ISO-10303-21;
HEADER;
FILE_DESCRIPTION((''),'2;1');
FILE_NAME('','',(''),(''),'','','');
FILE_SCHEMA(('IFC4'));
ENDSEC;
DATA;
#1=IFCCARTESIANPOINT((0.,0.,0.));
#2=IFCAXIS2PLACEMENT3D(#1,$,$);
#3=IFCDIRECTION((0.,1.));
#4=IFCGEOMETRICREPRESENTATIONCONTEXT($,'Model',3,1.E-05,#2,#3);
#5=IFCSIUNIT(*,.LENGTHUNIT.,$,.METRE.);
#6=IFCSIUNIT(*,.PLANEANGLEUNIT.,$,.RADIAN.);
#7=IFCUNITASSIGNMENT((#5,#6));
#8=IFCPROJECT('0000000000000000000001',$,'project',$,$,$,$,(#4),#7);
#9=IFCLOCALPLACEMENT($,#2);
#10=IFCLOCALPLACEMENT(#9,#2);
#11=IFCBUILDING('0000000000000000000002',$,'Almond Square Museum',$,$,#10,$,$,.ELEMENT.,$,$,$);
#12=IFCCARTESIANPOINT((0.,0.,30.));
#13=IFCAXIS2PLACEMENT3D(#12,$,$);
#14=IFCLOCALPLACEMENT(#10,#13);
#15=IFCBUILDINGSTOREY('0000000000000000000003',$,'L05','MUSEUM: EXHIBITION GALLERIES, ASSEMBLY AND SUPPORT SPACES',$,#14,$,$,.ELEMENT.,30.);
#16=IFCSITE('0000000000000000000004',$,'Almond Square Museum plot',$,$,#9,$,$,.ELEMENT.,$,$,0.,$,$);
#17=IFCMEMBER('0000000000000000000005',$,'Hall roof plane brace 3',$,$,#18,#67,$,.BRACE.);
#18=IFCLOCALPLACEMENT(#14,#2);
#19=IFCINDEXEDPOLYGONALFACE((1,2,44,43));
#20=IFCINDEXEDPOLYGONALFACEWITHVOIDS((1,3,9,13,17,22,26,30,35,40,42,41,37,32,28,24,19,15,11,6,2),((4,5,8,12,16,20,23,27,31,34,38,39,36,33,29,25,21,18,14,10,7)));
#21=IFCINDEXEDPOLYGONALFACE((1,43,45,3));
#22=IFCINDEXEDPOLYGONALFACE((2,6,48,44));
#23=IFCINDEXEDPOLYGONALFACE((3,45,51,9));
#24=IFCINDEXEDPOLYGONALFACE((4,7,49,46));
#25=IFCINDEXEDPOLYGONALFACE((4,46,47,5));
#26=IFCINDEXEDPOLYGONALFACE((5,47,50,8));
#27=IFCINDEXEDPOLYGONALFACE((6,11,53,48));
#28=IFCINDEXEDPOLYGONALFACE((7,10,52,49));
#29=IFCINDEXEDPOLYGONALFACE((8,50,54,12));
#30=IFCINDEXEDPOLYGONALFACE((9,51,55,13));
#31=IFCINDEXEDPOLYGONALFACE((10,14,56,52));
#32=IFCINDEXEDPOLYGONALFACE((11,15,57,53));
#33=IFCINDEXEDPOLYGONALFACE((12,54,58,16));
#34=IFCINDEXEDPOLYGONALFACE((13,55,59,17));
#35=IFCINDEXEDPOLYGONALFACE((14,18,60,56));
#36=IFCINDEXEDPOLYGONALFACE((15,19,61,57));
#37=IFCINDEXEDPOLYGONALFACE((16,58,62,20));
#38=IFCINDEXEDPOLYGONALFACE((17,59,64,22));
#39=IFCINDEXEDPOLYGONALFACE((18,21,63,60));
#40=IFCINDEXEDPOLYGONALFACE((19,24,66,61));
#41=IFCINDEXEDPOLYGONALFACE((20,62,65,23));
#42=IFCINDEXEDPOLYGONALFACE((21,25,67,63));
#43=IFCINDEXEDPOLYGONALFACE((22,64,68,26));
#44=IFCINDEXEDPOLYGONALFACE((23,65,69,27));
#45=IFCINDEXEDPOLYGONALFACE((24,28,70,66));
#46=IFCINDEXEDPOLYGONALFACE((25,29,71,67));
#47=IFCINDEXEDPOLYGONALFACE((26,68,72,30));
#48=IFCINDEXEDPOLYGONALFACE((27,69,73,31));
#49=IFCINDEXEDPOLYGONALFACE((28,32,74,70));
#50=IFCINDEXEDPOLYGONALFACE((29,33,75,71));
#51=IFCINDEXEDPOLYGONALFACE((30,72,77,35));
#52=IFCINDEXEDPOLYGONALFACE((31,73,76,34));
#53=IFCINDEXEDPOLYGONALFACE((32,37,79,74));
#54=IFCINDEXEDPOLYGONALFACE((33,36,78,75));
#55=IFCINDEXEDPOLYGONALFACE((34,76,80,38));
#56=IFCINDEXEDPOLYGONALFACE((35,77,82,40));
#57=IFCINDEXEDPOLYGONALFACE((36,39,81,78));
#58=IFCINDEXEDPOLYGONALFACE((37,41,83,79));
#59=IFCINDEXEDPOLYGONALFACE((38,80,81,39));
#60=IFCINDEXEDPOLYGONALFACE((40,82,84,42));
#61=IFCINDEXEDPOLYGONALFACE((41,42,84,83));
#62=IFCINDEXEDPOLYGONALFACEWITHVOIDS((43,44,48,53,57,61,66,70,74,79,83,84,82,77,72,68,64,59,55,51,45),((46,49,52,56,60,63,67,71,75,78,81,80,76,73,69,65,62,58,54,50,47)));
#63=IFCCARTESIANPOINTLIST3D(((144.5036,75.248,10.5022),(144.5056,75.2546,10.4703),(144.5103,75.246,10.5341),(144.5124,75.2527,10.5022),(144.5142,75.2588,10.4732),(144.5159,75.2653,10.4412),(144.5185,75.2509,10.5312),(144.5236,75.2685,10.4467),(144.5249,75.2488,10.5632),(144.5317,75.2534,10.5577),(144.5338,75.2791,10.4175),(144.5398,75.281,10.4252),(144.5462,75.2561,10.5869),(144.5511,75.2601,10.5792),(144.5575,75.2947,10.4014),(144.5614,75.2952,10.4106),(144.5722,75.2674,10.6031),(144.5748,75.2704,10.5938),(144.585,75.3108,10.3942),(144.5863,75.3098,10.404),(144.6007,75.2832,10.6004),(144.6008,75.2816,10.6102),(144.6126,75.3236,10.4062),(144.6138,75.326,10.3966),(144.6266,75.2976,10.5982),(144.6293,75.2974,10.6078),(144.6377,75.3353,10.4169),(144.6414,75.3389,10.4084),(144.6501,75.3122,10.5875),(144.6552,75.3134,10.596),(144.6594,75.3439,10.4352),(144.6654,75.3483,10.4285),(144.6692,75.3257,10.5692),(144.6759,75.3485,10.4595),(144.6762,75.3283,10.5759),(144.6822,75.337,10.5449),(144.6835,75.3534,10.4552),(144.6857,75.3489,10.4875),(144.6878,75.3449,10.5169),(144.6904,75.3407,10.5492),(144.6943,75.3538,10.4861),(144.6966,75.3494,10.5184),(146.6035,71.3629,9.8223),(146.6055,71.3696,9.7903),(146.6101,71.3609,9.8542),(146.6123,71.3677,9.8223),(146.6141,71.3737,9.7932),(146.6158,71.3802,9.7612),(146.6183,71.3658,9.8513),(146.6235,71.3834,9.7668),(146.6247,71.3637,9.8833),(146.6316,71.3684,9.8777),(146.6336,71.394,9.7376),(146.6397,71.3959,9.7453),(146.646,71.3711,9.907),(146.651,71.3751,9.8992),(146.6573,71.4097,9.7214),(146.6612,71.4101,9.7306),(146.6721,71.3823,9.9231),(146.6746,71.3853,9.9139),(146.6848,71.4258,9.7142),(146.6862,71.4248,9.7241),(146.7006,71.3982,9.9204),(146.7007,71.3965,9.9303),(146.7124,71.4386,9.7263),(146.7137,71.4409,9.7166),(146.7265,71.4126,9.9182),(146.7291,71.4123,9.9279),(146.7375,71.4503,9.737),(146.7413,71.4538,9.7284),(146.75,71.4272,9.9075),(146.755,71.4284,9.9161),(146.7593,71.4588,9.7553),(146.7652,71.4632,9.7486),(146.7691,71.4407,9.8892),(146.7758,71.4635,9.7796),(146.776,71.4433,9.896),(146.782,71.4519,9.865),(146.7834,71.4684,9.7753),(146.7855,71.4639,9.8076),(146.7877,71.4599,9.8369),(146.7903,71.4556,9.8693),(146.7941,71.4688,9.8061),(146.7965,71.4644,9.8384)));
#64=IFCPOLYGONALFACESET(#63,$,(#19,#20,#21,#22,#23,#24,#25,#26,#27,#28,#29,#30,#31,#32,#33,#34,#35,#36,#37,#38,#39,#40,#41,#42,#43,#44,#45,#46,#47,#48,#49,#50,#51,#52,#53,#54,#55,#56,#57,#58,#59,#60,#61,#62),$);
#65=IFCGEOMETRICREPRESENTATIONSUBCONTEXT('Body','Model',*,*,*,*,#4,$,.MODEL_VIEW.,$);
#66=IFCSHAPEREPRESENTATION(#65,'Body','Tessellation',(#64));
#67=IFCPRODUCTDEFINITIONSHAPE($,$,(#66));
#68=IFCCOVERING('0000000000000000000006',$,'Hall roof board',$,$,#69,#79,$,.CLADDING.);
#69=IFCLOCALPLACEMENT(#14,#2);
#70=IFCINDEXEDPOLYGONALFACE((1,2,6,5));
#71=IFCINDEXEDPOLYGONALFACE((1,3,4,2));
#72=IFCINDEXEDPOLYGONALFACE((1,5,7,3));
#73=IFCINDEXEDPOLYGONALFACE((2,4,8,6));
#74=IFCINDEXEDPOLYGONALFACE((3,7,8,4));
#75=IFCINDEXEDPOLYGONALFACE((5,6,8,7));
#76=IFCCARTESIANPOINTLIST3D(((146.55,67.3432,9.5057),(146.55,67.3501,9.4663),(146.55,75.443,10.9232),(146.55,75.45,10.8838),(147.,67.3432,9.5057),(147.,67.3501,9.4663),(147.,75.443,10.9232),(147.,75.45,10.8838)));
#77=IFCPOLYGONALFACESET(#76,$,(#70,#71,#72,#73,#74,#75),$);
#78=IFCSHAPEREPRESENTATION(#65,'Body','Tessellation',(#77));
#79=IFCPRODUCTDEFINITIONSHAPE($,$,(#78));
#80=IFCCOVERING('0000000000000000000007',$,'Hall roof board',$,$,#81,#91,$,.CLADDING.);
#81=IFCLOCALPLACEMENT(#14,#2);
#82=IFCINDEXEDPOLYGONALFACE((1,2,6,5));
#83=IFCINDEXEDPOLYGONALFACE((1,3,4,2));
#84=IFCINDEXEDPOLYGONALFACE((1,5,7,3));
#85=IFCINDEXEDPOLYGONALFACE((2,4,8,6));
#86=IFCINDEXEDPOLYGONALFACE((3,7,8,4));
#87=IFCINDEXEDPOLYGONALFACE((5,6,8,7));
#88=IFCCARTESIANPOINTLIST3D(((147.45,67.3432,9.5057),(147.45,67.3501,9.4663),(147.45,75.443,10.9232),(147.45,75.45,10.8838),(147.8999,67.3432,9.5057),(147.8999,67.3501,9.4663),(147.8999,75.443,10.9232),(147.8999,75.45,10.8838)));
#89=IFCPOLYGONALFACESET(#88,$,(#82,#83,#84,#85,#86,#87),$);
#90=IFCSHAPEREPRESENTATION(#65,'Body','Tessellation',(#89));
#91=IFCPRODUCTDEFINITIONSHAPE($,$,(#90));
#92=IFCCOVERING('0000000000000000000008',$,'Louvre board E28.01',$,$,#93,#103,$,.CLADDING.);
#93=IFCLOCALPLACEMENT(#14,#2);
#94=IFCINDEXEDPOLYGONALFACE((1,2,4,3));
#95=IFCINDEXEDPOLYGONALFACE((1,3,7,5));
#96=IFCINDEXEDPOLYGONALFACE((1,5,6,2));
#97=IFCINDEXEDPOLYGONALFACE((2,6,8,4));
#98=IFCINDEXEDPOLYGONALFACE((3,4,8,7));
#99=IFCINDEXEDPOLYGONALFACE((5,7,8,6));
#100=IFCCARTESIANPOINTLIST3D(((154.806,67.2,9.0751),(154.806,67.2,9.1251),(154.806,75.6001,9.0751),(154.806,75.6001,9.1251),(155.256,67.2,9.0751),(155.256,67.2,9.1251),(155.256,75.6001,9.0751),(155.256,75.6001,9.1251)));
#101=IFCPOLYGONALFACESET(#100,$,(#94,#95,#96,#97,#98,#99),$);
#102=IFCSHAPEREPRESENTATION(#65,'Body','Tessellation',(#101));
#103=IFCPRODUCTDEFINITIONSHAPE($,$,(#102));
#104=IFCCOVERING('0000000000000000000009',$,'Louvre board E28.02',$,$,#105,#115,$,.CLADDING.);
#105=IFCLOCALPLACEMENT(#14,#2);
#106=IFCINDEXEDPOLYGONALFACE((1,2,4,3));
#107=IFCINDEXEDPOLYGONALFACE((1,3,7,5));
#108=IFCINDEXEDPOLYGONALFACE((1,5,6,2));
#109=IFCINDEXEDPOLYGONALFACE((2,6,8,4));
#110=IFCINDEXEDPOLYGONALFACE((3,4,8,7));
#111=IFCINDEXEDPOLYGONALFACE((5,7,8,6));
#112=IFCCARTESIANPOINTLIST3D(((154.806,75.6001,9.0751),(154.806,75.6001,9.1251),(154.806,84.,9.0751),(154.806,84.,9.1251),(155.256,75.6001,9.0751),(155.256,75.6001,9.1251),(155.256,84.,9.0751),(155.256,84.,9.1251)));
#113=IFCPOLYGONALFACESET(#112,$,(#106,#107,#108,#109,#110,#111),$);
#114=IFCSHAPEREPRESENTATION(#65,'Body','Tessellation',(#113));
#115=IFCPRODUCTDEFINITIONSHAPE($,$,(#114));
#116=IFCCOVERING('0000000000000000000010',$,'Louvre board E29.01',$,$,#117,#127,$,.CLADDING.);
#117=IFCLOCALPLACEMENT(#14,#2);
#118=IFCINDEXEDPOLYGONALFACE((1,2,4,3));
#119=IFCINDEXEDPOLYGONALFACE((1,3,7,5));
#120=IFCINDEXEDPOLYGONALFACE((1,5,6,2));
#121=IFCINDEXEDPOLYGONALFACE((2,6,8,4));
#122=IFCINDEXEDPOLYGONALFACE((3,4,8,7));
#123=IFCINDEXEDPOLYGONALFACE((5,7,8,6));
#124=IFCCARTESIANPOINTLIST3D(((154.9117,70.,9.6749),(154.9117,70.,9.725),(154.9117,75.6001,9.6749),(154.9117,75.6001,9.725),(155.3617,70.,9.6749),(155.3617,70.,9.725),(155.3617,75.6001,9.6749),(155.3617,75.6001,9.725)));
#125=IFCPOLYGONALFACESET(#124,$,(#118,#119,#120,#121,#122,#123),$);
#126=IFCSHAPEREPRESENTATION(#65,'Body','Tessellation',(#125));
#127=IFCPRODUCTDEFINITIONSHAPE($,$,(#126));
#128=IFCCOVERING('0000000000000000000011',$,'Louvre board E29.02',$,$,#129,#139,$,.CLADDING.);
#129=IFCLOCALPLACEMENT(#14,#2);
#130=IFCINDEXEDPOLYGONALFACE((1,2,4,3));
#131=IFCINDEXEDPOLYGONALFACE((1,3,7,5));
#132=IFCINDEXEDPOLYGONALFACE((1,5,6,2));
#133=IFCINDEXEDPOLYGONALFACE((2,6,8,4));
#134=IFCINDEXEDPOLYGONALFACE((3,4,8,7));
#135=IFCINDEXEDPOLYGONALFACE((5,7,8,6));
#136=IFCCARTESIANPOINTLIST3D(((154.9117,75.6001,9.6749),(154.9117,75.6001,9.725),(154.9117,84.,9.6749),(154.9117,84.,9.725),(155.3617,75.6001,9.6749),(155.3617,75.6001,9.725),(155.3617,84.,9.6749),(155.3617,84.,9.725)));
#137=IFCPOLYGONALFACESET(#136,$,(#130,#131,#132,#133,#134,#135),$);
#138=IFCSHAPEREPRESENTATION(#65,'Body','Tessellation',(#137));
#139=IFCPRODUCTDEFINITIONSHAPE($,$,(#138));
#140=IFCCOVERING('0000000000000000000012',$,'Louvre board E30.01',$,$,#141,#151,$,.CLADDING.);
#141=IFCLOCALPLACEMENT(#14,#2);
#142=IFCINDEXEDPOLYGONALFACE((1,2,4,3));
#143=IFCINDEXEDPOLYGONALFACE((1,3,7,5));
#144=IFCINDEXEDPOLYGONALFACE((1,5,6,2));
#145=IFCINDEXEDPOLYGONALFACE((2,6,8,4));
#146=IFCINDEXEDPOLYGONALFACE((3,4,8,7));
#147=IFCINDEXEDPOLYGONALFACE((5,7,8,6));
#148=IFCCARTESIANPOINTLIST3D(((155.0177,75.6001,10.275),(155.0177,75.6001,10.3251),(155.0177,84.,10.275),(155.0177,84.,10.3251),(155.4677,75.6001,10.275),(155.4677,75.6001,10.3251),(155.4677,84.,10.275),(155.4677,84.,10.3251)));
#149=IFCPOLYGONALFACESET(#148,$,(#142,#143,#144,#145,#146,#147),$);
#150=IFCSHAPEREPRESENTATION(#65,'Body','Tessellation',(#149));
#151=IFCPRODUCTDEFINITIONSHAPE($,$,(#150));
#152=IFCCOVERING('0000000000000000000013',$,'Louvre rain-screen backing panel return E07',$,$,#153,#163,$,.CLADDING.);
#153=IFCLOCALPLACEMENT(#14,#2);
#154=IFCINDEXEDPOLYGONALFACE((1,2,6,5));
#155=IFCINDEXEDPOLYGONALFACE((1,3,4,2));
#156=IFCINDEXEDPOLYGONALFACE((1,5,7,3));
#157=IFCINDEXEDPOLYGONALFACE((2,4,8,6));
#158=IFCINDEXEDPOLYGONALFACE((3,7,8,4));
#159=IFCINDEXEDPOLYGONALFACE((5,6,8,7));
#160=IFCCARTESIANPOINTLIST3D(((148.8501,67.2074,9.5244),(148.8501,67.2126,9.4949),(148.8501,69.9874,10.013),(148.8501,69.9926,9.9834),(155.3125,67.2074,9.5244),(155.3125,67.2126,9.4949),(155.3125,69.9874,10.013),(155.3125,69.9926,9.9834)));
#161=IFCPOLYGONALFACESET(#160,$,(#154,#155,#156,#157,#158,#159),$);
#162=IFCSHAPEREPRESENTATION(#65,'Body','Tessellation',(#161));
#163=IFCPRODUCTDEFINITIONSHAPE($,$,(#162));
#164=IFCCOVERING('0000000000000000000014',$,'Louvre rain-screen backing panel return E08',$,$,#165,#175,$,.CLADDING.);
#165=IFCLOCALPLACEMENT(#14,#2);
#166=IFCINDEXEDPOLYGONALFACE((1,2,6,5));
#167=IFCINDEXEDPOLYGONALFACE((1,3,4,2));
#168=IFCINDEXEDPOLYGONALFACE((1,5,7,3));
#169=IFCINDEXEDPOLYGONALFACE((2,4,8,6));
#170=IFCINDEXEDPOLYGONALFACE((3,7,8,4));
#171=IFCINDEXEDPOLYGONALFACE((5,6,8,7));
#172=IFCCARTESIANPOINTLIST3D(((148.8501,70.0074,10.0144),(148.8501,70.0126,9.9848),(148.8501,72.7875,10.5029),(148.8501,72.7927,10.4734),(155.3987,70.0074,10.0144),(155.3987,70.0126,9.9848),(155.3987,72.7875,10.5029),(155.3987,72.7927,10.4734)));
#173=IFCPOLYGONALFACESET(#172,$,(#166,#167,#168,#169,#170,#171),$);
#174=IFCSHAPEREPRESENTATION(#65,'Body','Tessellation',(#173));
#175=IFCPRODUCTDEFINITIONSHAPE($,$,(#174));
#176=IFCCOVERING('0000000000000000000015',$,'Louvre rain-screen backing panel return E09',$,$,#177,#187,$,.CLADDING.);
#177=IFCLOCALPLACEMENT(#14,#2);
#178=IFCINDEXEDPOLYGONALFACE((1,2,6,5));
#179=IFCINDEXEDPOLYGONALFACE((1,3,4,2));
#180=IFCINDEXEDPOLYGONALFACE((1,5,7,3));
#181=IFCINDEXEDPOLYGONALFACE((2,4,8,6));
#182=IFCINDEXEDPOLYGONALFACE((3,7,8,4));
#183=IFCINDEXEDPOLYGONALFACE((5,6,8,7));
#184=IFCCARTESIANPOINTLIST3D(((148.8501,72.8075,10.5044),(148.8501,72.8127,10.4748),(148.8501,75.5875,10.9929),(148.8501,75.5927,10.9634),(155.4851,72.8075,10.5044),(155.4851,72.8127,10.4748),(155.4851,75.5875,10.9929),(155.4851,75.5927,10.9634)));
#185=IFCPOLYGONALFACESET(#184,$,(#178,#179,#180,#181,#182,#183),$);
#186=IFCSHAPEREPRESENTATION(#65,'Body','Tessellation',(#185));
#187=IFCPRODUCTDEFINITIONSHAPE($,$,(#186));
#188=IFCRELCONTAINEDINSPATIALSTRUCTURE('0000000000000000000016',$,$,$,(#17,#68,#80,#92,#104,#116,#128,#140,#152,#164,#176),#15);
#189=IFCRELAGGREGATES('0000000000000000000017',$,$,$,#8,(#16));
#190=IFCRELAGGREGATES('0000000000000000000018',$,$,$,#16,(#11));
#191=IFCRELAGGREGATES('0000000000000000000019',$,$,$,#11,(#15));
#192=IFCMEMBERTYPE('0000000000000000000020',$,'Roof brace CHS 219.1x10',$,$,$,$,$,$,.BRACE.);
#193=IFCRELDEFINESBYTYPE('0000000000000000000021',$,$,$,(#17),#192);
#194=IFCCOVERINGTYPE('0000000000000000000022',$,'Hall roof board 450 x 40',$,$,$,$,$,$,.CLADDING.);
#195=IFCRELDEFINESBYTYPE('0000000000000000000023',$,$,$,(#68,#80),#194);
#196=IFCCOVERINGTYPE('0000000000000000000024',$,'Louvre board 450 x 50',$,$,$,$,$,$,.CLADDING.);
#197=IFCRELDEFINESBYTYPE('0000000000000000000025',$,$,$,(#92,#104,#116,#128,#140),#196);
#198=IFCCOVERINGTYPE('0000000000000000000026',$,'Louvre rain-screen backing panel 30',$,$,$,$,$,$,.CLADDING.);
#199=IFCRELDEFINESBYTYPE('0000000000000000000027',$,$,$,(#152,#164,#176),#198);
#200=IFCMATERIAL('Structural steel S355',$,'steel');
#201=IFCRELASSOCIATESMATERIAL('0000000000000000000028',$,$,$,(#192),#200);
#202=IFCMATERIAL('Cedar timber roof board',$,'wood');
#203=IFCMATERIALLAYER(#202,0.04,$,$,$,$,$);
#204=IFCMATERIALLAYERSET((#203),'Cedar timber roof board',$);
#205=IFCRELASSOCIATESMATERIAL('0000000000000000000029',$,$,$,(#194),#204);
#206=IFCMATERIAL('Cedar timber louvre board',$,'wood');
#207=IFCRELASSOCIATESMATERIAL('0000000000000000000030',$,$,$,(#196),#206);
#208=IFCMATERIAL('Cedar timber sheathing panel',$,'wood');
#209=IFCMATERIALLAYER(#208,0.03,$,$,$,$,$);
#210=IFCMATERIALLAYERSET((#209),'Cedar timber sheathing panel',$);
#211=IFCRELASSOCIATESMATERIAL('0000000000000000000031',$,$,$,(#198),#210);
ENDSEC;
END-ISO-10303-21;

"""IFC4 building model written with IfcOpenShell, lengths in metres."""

from ifc_helpers import new_model, si_unit, direction, frame, origin, origin_2d, place, context, subcontext, project, spatial, polyline, rectangle, hollow_circle, outline, extrude, material, layer, layer_set, material_profile, profile_set, type_object, element, save


model = new_model("IFC4")

# Units and contexts
model_context = context("Model", 3, precision=1e-05, world=origin(), true_north=direction((0.0, 1.0)))
body_context = subcontext(model_context, "Body", "Model", "MODEL_VIEW")
ifc_project = project(units=[si_unit("LENGTHUNIT", "METRE"), si_unit("PLANEANGLEUNIT", "RADIAN")], contexts=[model_context])

# Site, building, storey
site_placement = place(None, origin())
site = spatial("IfcSite", under=ifc_project, at=site_placement, Name="Almond Square Museum plot", CompositionType="ELEMENT", RefElevation=0.0)
building_placement = place(site_placement, origin())
building = spatial("IfcBuilding", under=site, at=building_placement, Name="Almond Square Museum", CompositionType="ELEMENT")
storey_placement = place(building_placement, frame((0.0, 0.0, 30.0)))
storey = spatial("IfcBuildingStorey", under=building, at=storey_placement, Name="L05", Description="MUSEUM: EXHIBITION GALLERIES, ASSEMBLY AND SUPPORT SPACES", CompositionType="ELEMENT", Elevation=30.0)

# Member
ifc_material_1 = material(Name="Structural steel S355", Category="steel")
ifc_material_profile_1 = material_profile(ifc_material_1, hollow_circle(Radius=0.1096, WallThickness=0.01, at=origin_2d()))
ifc_profile_set_1 = profile_set([ifc_material_profile_1], Name="Structural steel S355")
member_type_1 = type_object("IfcMemberType", Name="Roof brace CHS 219.1x10", PredefinedType="BRACE", material=ifc_profile_set_1)
for number, where, z_axis, x_axis, name in (
    (1, (146.7, 71.415, 9.8223), (-0.469953, 0.869476, 0.152171), (-0.879721, -0.47549, 0.0), "Hall roof plane brace 3"),
):
    element("IfcMember", number, at=place(storey_placement, frame(where, z_axis=z_axis, x_axis=x_axis)), inside=storey, type_object=member_type_1, Name=name, PredefinedType="BRACE", context=body_context, shape_type="SweptSolid", body=[
        extrude(hollow_circle(Radius=0.1096, WallThickness=0.01, at=origin_2d()), origin(), (0.0, 0.0, 1.0), 4.4683),
    ])

# Coverings
ifc_material_2 = material(Name="Cedar timber roof board", Category="wood")
ifc_layer_1 = layer(ifc_material_2, 0.04)
ifc_layer_set_1 = layer_set([ifc_layer_1], Name="Cedar timber roof board")
covering_type_1 = type_object("IfcCoveringType", Name="Hall roof board 450 x 40", PredefinedType="CLADDING", material=ifc_layer_set_1)
for number, where, z_axis, x_axis, name in (
    (2, (147.0, 75.45, 10.8838), (0.0, -0.172381, 0.98503), (-1.0, 0.0, 0.0), "Hall roof board"),
    (3, (147.8999, 75.45, 10.8838), (0.0, -0.172381, 0.98503), (-1.0, 0.0, 0.0), "Hall roof board"),
):
    element("IfcCovering", number, at=place(storey_placement, frame(where, z_axis=z_axis, x_axis=x_axis)), inside=storey, type_object=covering_type_1, Name=name, PredefinedType="CLADDING", context=body_context, shape_type="SweptSolid", body=[
        extrude(outline(polyline([(0.0, 0.0), (0.45, 0.0), (0.45, 8.2229), (0.0, 8.2229), (0.0, 0.0)])), origin(), (0.0, 0.0, 1.0), 0.04),
    ])
ifc_material_3 = material(Name="Cedar timber louvre board", Category="wood")
ifc_material_profile_2 = material_profile(ifc_material_3, rectangle(XDim=0.45, YDim=0.05, at=origin_2d()))
ifc_profile_set_2 = profile_set([ifc_material_profile_2], Name="Cedar timber louvre board")
covering_type_2 = type_object("IfcCoveringType", Name="Louvre board 450 x 50", PredefinedType="CLADDING", material=ifc_profile_set_2)
covering_1_placement = place(storey_placement, frame((155.031, 67.2, 9.1001), z_axis=(0.0, 1.0, 0.0), x_axis=(-1.0, 0.0, 0.0)))
element("IfcCovering", 4, at=covering_1_placement, inside=storey, type_object=covering_type_2, Name="Louvre board E28.01", PredefinedType="CLADDING", context=body_context, shape_type="SweptSolid", body=[
    extrude(rectangle(XDim=0.45, YDim=0.05, at=origin_2d()), origin(), (0.0, 0.0, 1.0), 8.4001),
])
covering_2_placement = place(storey_placement, frame((155.031, 75.6001, 9.1001), z_axis=(0.0, 1.0, 0.0), x_axis=(-1.0, 0.0, 0.0)))
element("IfcCovering", 5, at=covering_2_placement, inside=storey, type_object=covering_type_2, Name="Louvre board E28.02", PredefinedType="CLADDING", context=body_context, shape_type="SweptSolid", body=[
    extrude(rectangle(XDim=0.45, YDim=0.05, at=origin_2d()), origin(), (0.0, 0.0, 1.0), 8.3999),
])
covering_3_placement = place(storey_placement, frame((155.1367, 70.0, 9.7), z_axis=(0.0, 1.0, 0.0), x_axis=(-1.0, 0.0, 0.0)))
element("IfcCovering", 6, at=covering_3_placement, inside=storey, type_object=covering_type_2, Name="Louvre board E29.01", PredefinedType="CLADDING", context=body_context, shape_type="SweptSolid", body=[
    extrude(rectangle(XDim=0.45, YDim=0.05, at=origin_2d()), origin(), (0.0, 0.0, 1.0), 5.6001),
])
for number, where, z_axis, x_axis, name in (
    (7, (155.1367, 75.6001, 9.7), (0.0, 1.0, 0.0), (-1.0, 0.0, 0.0), "Louvre board E29.02"),
    (8, (155.2427, 75.6001, 10.3), (0.0, 1.0, 0.0), (-1.0, 0.0, 0.0), "Louvre board E30.01"),
):
    element("IfcCovering", number, at=place(storey_placement, frame(where, z_axis=z_axis, x_axis=x_axis)), inside=storey, type_object=covering_type_2, Name=name, PredefinedType="CLADDING", context=body_context, shape_type="SweptSolid", body=[
        extrude(rectangle(XDim=0.45, YDim=0.05, at=origin_2d()), origin(), (0.0, 0.0, 1.0), 8.3999),
    ])
ifc_material_4 = material(Name="Cedar timber sheathing panel", Category="wood")
ifc_layer_2 = layer(ifc_material_4, 0.03)
ifc_layer_set_2 = layer_set([ifc_layer_2], Name="Cedar timber sheathing panel")
covering_type_3 = type_object("IfcCoveringType", Name="Louvre rain-screen backing panel 30", PredefinedType="CLADDING", material=ifc_layer_set_2)
covering_4_placement = place(storey_placement, frame((148.8501, 67.21, 9.5098), z_axis=(0.0, -0.173075, 0.984909), x_axis=(1.0, 0.0, 0.0)))
element("IfcCovering", 9, at=covering_4_placement, inside=storey, type_object=covering_type_3, Name="Louvre rain-screen backing panel return E07", PredefinedType="CLADDING", context=body_context, shape_type="SweptSolid", body=[
    extrude(outline(polyline([(0.0, 0.0), (6.4624, 0.0), (6.4624, 2.8226), (0.0, 2.8226), (0.0, 0.0)])), frame((0.0, 0.0, -0.0151)), (0.0, 0.0, 1.0), 0.03),
])
covering_5_placement = place(storey_placement, frame((148.8501, 70.01, 9.9998), z_axis=(0.0, -0.173075, 0.984909), x_axis=(1.0, 0.0, 0.0)))
element("IfcCovering", 10, at=covering_5_placement, inside=storey, type_object=covering_type_3, Name="Louvre rain-screen backing panel return E08", PredefinedType="CLADDING", context=body_context, shape_type="SweptSolid", body=[
    extrude(outline(polyline([(0.0, 0.0), (6.5486, 0.0), (6.5486, 2.8226), (0.0, 2.8226), (0.0, 0.0)])), frame((0.0, 0.0, -0.0151)), (0.0, 0.0, 1.0), 0.03),
])
covering_6_placement = place(storey_placement, frame((148.8501, 72.8101, 10.4897), z_axis=(0.0, -0.173075, 0.984909), x_axis=(1.0, 0.0, 0.0)))
element("IfcCovering", 11, at=covering_6_placement, inside=storey, type_object=covering_type_3, Name="Louvre rain-screen backing panel return E09", PredefinedType="CLADDING", context=body_context, shape_type="SweptSolid", body=[
    extrude(outline(polyline([(0.0, 0.0), (6.635, 0.0), (6.635, 2.8226), (0.0, 2.8226), (0.0, 0.0)])), frame((0.0, 0.0, -0.0151)), (0.0, 0.0, 1.0), 0.03),
])

save(model, "model.ifc")
